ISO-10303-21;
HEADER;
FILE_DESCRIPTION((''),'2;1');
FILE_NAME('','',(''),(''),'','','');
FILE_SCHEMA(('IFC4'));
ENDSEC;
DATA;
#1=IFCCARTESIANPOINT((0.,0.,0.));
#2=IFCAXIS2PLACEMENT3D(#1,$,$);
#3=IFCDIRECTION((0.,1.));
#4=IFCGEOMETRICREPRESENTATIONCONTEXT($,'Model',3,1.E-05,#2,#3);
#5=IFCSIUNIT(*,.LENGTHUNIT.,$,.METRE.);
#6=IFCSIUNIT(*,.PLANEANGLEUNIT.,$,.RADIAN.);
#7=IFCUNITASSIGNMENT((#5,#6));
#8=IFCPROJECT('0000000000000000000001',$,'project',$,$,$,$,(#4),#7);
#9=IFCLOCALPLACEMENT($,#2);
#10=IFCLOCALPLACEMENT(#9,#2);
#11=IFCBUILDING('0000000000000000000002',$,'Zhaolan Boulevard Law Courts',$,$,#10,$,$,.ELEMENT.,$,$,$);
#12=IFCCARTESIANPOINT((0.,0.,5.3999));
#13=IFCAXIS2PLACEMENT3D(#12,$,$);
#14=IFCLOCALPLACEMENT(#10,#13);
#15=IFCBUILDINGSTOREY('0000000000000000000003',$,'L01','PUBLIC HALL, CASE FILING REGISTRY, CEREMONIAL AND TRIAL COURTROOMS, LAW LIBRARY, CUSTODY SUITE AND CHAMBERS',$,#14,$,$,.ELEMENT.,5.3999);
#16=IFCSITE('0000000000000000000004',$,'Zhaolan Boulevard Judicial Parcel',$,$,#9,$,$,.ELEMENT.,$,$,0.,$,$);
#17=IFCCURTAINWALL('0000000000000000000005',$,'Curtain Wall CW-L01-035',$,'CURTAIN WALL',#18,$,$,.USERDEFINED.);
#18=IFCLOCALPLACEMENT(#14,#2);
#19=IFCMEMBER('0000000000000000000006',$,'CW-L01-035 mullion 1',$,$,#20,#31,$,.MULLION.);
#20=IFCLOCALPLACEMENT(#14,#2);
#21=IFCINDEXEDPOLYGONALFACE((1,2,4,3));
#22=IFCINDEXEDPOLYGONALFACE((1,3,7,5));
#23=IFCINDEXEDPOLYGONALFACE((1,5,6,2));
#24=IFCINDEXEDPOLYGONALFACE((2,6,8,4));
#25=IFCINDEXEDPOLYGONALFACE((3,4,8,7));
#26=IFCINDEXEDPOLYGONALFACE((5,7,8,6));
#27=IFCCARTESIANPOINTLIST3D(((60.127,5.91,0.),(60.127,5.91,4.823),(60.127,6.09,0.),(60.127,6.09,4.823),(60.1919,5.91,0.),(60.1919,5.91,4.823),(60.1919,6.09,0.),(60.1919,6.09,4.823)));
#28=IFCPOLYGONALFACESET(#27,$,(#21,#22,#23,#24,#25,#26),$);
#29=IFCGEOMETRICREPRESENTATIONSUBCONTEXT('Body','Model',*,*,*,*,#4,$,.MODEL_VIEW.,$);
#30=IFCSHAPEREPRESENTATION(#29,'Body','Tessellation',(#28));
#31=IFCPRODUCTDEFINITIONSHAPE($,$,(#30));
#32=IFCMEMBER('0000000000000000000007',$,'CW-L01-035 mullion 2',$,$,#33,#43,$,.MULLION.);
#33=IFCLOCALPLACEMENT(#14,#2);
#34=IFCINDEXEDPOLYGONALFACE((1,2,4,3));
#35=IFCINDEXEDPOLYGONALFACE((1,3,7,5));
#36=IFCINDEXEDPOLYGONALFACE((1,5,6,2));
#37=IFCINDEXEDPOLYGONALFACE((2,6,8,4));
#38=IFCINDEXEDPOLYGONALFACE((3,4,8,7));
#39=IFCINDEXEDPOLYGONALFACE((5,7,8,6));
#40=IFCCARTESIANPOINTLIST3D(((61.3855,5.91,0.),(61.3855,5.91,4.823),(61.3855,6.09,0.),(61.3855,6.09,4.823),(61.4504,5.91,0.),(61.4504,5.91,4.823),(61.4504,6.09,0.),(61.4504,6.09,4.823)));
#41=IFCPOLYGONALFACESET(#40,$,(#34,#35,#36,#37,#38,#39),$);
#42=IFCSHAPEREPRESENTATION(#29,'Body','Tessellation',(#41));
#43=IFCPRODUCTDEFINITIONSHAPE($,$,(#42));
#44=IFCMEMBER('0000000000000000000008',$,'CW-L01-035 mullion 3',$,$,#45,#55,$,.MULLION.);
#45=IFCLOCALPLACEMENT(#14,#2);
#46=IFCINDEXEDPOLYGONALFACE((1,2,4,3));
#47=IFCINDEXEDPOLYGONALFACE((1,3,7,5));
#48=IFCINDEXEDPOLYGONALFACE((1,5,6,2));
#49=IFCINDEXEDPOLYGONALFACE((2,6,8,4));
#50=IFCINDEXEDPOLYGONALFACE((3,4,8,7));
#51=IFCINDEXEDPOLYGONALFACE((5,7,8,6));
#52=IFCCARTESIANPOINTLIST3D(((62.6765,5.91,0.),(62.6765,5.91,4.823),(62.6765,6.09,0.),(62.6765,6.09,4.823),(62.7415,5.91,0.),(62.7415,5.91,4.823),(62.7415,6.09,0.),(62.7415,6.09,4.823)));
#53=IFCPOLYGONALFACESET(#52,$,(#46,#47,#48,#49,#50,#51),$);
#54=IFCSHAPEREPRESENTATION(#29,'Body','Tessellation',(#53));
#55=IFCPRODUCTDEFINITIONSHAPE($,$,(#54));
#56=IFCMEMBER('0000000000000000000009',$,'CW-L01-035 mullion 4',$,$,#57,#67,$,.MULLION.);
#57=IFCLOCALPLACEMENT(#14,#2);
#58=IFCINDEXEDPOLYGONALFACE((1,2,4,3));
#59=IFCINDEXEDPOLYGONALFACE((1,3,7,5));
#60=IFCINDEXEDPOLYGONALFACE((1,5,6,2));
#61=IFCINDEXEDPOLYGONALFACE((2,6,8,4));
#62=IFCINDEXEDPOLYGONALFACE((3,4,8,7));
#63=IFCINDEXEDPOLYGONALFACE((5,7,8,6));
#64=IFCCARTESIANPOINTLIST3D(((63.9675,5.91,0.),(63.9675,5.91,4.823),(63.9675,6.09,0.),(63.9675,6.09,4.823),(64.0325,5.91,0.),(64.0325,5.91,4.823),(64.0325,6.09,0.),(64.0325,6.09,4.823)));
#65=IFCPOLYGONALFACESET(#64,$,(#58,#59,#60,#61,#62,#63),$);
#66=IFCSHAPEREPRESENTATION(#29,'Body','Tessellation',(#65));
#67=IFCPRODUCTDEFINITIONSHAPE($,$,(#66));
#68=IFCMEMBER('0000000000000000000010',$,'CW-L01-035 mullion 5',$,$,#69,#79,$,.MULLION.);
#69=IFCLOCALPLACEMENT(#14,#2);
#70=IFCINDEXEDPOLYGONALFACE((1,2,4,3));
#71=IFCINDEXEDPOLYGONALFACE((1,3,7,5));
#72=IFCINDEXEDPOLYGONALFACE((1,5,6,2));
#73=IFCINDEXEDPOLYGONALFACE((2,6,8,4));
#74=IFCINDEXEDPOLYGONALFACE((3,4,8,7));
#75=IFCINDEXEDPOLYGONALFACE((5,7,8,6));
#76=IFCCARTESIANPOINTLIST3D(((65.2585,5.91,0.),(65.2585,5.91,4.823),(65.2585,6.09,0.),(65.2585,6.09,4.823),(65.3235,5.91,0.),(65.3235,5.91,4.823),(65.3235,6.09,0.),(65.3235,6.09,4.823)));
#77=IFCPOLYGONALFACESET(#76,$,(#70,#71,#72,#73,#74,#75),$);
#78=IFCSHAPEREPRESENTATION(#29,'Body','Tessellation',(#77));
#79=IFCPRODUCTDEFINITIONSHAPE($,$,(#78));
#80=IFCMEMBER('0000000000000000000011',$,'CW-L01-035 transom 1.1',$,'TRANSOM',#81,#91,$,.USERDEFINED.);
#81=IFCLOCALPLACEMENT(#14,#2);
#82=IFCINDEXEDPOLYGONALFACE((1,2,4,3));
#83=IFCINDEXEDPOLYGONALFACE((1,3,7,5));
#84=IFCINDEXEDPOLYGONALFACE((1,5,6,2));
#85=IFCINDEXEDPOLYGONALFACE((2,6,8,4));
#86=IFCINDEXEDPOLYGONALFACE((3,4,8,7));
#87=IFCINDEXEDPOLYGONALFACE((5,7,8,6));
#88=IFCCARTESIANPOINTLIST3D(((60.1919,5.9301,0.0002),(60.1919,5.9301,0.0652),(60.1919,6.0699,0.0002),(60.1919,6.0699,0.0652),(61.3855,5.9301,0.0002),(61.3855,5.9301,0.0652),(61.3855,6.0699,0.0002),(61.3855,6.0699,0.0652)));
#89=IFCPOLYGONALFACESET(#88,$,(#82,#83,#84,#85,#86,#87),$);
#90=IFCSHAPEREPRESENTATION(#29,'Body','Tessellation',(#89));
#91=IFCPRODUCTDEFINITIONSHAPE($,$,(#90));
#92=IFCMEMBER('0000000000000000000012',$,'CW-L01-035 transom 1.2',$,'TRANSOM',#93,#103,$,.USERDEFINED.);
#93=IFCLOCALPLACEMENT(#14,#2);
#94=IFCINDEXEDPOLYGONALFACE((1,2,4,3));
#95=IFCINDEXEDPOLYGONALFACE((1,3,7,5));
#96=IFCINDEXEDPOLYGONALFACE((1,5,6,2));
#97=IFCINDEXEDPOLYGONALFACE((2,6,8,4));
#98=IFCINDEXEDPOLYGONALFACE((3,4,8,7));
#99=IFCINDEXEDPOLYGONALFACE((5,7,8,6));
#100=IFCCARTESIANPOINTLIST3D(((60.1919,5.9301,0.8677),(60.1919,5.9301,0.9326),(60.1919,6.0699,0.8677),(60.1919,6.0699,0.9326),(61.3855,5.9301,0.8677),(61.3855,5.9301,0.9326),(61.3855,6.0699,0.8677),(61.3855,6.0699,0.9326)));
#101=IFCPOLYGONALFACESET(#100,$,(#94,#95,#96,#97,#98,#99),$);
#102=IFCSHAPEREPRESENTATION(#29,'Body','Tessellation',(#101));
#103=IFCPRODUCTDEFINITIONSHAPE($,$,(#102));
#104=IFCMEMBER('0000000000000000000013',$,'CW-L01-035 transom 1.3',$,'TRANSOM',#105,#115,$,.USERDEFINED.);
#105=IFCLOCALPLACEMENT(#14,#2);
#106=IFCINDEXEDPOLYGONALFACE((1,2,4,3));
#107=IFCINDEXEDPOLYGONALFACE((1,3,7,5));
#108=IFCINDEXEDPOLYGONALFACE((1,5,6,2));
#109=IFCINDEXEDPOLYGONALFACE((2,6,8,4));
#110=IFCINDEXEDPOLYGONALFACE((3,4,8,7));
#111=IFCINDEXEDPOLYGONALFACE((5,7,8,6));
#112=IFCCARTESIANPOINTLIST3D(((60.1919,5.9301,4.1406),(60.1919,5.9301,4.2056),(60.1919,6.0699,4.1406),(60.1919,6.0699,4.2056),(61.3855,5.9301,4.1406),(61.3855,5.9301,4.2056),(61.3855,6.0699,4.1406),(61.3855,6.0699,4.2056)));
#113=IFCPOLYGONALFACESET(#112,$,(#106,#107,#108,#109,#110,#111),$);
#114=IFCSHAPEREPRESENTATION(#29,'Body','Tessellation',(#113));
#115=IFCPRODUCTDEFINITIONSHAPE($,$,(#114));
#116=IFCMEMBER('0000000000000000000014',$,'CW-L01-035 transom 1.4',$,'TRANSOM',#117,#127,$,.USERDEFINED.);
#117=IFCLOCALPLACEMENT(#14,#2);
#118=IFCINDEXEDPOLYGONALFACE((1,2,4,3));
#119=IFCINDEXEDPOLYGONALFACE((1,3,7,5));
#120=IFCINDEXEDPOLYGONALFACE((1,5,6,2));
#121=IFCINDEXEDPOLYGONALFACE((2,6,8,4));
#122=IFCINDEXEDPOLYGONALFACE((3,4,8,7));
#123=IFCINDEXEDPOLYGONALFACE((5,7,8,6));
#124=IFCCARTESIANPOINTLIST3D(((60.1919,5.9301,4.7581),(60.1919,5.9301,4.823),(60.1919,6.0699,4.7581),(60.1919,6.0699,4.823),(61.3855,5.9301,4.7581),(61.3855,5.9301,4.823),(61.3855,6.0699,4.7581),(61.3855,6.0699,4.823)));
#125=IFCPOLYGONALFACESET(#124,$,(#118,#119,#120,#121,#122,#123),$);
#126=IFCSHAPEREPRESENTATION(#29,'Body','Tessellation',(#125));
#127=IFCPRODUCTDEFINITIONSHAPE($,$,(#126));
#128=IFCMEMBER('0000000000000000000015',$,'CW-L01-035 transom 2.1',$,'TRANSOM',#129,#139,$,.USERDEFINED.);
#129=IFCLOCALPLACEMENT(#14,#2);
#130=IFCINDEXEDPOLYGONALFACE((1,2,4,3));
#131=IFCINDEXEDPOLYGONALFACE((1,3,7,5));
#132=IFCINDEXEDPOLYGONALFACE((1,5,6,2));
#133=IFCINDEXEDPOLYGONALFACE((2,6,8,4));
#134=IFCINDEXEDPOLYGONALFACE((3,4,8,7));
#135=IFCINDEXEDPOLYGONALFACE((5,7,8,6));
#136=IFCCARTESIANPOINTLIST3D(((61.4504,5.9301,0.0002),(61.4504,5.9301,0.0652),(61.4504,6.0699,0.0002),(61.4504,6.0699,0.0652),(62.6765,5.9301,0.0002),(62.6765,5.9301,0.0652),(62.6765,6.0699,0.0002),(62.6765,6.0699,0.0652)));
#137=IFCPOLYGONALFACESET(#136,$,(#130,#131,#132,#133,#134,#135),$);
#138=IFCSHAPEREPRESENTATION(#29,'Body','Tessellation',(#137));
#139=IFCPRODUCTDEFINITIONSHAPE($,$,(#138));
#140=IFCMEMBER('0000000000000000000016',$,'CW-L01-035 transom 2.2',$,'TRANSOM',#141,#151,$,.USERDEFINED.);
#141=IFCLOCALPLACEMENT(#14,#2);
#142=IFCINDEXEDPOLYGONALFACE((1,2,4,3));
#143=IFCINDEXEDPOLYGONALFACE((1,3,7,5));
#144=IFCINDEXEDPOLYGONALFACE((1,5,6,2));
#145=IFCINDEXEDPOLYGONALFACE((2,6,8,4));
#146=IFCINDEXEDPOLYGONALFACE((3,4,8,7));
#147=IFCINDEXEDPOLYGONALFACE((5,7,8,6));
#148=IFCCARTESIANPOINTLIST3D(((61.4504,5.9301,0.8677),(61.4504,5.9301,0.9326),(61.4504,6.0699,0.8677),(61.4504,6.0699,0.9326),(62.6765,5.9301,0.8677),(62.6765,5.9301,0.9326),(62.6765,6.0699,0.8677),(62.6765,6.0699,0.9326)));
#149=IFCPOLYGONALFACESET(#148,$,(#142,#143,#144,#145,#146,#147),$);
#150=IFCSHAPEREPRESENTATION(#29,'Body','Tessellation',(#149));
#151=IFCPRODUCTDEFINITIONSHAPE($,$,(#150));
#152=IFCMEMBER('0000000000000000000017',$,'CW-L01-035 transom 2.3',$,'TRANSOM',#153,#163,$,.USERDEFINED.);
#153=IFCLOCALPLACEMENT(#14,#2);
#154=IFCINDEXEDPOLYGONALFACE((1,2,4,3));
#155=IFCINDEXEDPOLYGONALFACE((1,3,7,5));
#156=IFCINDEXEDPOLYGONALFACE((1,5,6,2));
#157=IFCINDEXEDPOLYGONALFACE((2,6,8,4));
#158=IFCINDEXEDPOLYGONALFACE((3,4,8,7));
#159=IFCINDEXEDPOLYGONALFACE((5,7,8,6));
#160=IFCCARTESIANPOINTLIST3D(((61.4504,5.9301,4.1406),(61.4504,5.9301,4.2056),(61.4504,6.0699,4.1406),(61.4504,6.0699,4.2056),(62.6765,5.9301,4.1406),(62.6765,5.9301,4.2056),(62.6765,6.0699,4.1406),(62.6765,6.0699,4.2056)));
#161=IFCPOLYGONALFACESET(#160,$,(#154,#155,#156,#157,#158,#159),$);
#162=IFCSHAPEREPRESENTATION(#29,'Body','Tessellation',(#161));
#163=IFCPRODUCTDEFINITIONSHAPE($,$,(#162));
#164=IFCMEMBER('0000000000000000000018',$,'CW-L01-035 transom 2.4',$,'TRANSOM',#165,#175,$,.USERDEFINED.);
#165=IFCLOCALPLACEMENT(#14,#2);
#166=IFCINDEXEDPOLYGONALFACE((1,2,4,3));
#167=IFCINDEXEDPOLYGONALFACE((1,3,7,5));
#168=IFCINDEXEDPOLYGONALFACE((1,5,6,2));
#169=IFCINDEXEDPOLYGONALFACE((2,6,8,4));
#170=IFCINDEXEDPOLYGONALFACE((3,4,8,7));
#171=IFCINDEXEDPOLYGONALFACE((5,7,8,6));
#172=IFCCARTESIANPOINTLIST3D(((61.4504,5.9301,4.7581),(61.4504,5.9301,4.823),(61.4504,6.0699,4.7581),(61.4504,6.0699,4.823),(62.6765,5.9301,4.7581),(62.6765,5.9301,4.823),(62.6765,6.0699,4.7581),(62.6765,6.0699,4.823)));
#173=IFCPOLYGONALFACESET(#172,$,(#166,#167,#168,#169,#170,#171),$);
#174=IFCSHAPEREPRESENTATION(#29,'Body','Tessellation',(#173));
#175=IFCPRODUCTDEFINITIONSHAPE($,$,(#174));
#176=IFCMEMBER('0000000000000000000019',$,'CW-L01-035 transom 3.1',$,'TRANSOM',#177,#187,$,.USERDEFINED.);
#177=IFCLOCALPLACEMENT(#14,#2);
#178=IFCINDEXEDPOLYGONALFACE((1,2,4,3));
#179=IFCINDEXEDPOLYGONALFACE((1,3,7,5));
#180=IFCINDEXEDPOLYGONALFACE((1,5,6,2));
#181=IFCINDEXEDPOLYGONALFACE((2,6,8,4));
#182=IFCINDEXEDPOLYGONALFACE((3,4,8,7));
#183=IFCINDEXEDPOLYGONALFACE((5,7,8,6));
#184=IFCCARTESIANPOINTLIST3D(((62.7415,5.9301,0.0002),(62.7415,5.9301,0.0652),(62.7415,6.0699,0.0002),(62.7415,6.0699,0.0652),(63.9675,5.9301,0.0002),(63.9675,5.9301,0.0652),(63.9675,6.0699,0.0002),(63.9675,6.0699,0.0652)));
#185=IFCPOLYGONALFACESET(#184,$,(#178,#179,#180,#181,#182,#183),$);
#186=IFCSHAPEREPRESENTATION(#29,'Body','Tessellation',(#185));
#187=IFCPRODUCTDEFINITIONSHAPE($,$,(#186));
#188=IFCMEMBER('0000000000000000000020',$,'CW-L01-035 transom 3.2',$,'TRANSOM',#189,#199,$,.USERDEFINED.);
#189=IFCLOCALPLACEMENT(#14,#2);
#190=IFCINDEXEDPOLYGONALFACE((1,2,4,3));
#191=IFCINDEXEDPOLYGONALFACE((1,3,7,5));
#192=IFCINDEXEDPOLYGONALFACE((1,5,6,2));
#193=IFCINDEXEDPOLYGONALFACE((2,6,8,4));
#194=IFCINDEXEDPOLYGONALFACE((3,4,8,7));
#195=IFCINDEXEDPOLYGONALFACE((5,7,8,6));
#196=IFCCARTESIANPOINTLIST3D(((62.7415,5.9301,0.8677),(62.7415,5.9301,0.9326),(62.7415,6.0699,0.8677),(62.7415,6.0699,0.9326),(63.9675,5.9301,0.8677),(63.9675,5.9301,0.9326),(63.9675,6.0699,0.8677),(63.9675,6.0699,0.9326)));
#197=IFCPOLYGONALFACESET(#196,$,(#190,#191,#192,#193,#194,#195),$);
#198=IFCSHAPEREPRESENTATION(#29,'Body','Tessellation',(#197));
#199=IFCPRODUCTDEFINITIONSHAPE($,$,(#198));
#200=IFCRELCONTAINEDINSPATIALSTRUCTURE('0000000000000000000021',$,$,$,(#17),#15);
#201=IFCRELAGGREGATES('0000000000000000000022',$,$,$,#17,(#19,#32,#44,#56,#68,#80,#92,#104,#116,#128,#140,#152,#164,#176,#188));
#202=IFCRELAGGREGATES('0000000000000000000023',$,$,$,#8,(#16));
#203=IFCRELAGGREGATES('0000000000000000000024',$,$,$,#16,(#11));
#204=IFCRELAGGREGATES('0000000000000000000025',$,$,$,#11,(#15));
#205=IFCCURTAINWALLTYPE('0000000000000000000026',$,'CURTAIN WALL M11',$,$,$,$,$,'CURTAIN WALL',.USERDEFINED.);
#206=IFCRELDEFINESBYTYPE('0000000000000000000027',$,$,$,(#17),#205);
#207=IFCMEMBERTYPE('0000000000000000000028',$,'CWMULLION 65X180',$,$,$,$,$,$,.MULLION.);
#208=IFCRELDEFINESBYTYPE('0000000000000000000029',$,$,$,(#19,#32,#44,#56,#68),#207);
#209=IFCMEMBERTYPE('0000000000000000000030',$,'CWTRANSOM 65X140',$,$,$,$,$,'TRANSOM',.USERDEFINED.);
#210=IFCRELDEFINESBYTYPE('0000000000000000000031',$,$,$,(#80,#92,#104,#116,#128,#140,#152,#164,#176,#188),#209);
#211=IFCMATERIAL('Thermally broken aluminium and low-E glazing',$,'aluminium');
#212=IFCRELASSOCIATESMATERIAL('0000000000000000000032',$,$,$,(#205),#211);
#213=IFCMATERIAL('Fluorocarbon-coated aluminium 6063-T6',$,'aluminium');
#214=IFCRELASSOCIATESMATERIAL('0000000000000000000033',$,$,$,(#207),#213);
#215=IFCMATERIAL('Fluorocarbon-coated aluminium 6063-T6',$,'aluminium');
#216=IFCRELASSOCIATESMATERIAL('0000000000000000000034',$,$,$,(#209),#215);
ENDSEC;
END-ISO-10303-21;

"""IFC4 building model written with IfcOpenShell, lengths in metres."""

from ifc_helpers import new_model, si_unit, direction, frame, origin, origin_2d, place, context, subcontext, project, spatial, rectangle, extrude, material, material_profile, profile_set, type_object, element, aggregate, save


model = new_model("IFC4")

# Units and contexts
model_context = context("Model", 3, precision=1e-05, world=origin(), true_north=direction((0.0, 1.0)))
body_context = subcontext(model_context, "Body", "Model", "MODEL_VIEW")
ifc_project = project(units=[si_unit("LENGTHUNIT", "METRE"), si_unit("PLANEANGLEUNIT", "RADIAN")], contexts=[model_context])

# Site, building, storey
site_placement = place(None, origin())
site = spatial("IfcSite", under=ifc_project, at=site_placement, Name="Zhaolan Boulevard Judicial Parcel", CompositionType="ELEMENT", RefElevation=0.0)
building_placement = place(site_placement, origin())
building = spatial("IfcBuilding", under=site, at=building_placement, Name="Zhaolan Boulevard Law Courts", CompositionType="ELEMENT")
storey_placement = place(building_placement, frame((0.0, 0.0, 5.3999)))
storey = spatial("IfcBuildingStorey", under=building, at=storey_placement, Name="L01", Description="PUBLIC HALL, CASE FILING REGISTRY, CEREMONIAL AND TRIAL COURTROOMS, LAW LIBRARY, CUSTODY SUITE AND CHAMBERS", CompositionType="ELEMENT", Elevation=5.3999)

# Curtain wall, members
ifc_material_1 = material(Name="Thermally broken aluminium and low-E glazing", Category="aluminium")
curtain_wall_type = type_object("IfcCurtainWallType", Name="CURTAIN WALL M11", ElementType="CURTAIN WALL", PredefinedType="USERDEFINED", material=ifc_material_1)
curtain_wall_placement = place(storey_placement, origin())
curtain_wall = element("IfcCurtainWall", 1, at=curtain_wall_placement, inside=storey, type_object=curtain_wall_type, Name="Curtain Wall CW-L01-035", ObjectType="CURTAIN WALL", PredefinedType="USERDEFINED")
ifc_material_2 = material(Name="Fluorocarbon-coated aluminium 6063-T6", Category="aluminium")
ifc_material_profile_1 = material_profile(ifc_material_2, rectangle(XDim=0.1799, YDim=0.0649, at=origin_2d()), Name="AL65x180")
ifc_profile_set_1 = profile_set([ifc_material_profile_1], Name="Fluorocarbon-coated aluminium 6063-T6")
member_type_1 = type_object("IfcMemberType", Name="CWMULLION 65X180", PredefinedType="MULLION", material=ifc_profile_set_1)
member_1_placement = place(storey_placement, frame((60.1594, 6.0, 0.0), z_axis=(0.0, 0.0, 1.0), x_axis=(0.0, 1.0, 0.0)))
member_1 = element("IfcMember", 2, at=member_1_placement, type_object=member_type_1, Name="CW-L01-035 mullion 1", PredefinedType="MULLION", context=body_context, shape_type="SweptSolid", body=[
    extrude(rectangle(XDim=0.1799, YDim=0.0649, at=origin_2d()), origin(), (0.0, 0.0, 1.0), 4.823),
])
member_2_placement = place(storey_placement, frame((61.418, 6.0, 0.0), z_axis=(0.0, 0.0, 1.0), x_axis=(0.0, 1.0, 0.0)))
member_2 = element("IfcMember", 3, at=member_2_placement, type_object=member_type_1, Name="CW-L01-035 mullion 2", PredefinedType="MULLION", context=body_context, shape_type="SweptSolid", body=[
    extrude(rectangle(XDim=0.1799, YDim=0.0649, at=origin_2d()), origin(), (0.0, 0.0, 1.0), 4.823),
])
member_3_placement = place(storey_placement, frame((62.709, 6.0, 0.0), z_axis=(0.0, 0.0, 1.0), x_axis=(0.0, 1.0, 0.0)))
member_3 = element("IfcMember", 4, at=member_3_placement, type_object=member_type_1, Name="CW-L01-035 mullion 3", PredefinedType="MULLION", context=body_context, shape_type="SweptSolid", body=[
    extrude(rectangle(XDim=0.1799, YDim=0.0649, at=origin_2d()), origin(), (0.0, 0.0, 1.0), 4.823),
])
member_4_placement = place(storey_placement, frame((64.0, 6.0, 0.0), z_axis=(0.0, 0.0, 1.0), x_axis=(0.0, 1.0, 0.0)))
member_4 = element("IfcMember", 5, at=member_4_placement, type_object=member_type_1, Name="CW-L01-035 mullion 4", PredefinedType="MULLION", context=body_context, shape_type="SweptSolid", body=[
    extrude(rectangle(XDim=0.1799, YDim=0.0649, at=origin_2d()), origin(), (0.0, 0.0, 1.0), 4.823),
])
member_5_placement = place(storey_placement, frame((65.291, 6.0, 0.0), z_axis=(0.0, 0.0, 1.0), x_axis=(0.0, 1.0, 0.0)))
member_5 = element("IfcMember", 6, at=member_5_placement, type_object=member_type_1, Name="CW-L01-035 mullion 5", PredefinedType="MULLION", context=body_context, shape_type="SweptSolid", body=[
    extrude(rectangle(XDim=0.1799, YDim=0.0649, at=origin_2d()), origin(), (0.0, 0.0, 1.0), 4.823),
])
ifc_material_3 = material(Name="Fluorocarbon-coated aluminium 6063-T6", Category="aluminium")
ifc_material_profile_2 = material_profile(ifc_material_3, rectangle(XDim=0.1399, YDim=0.0649, at=origin_2d()), Name="AL65x140")
ifc_profile_set_2 = profile_set([ifc_material_profile_2], Name="Fluorocarbon-coated aluminium 6063-T6")
member_type_2 = type_object("IfcMemberType", Name="CWTRANSOM 65X140", ElementType="TRANSOM", PredefinedType="USERDEFINED", material=ifc_profile_set_2)
member_6_placement = place(storey_placement, frame((60.1919, 6.0, 0.0327), z_axis=(1.0, 0.0, 0.0), x_axis=(0.0, 1.0, 0.0)))
member_6 = element("IfcMember", 7, at=member_6_placement, type_object=member_type_2, Name="CW-L01-035 transom 1.1", ObjectType="TRANSOM", PredefinedType="USERDEFINED", context=body_context, shape_type="SweptSolid", body=[
    extrude(rectangle(XDim=0.1399, YDim=0.0649, at=origin_2d()), origin(), (0.0, 0.0, 1.0), 1.1936),
])
member_7_placement = place(storey_placement, frame((60.1919, 6.0, 0.9001), z_axis=(1.0, 0.0, 0.0), x_axis=(0.0, 1.0, 0.0)))
member_7 = element("IfcMember", 8, at=member_7_placement, type_object=member_type_2, Name="CW-L01-035 transom 1.2", ObjectType="TRANSOM", PredefinedType="USERDEFINED", context=body_context, shape_type="SweptSolid", body=[
    extrude(rectangle(XDim=0.1399, YDim=0.0649, at=origin_2d()), origin(), (0.0, 0.0, 1.0), 1.1936),
])
member_8_placement = place(storey_placement, frame((60.1919, 6.0, 4.1731), z_axis=(1.0, 0.0, 0.0), x_axis=(0.0, 1.0, 0.0)))
member_8 = element("IfcMember", 9, at=member_8_placement, type_object=member_type_2, Name="CW-L01-035 transom 1.3", ObjectType="TRANSOM", PredefinedType="USERDEFINED", context=body_context, shape_type="SweptSolid", body=[
    extrude(rectangle(XDim=0.1399, YDim=0.0649, at=origin_2d()), origin(), (0.0, 0.0, 1.0), 1.1936),
])
member_9_placement = place(storey_placement, frame((60.1919, 6.0, 4.7905), z_axis=(1.0, 0.0, 0.0), x_axis=(0.0, 1.0, 0.0)))
member_9 = element("IfcMember", 10, at=member_9_placement, type_object=member_type_2, Name="CW-L01-035 transom 1.4", ObjectType="TRANSOM", PredefinedType="USERDEFINED", context=body_context, shape_type="SweptSolid", body=[
    extrude(rectangle(XDim=0.1399, YDim=0.0649, at=origin_2d()), origin(), (0.0, 0.0, 1.0), 1.1936),
])
member_10_placement = place(storey_placement, frame((61.4504, 6.0, 0.0327), z_axis=(1.0, 0.0, 0.0), x_axis=(0.0, 1.0, 0.0)))
member_10 = element("IfcMember", 11, at=member_10_placement, type_object=member_type_2, Name="CW-L01-035 transom 2.1", ObjectType="TRANSOM", PredefinedType="USERDEFINED", context=body_context, shape_type="SweptSolid", body=[
    extrude(rectangle(XDim=0.1399, YDim=0.0649, at=origin_2d()), origin(), (0.0, 0.0, 1.0), 1.2261),
])
member_11_placement = place(storey_placement, frame((61.4504, 6.0, 0.9001), z_axis=(1.0, 0.0, 0.0), x_axis=(0.0, 1.0, 0.0)))
member_11 = element("IfcMember", 12, at=member_11_placement, type_object=member_type_2, Name="CW-L01-035 transom 2.2", ObjectType="TRANSOM", PredefinedType="USERDEFINED", context=body_context, shape_type="SweptSolid", body=[
    extrude(rectangle(XDim=0.1399, YDim=0.0649, at=origin_2d()), origin(), (0.0, 0.0, 1.0), 1.2261),
])
member_12_placement = place(storey_placement, frame((61.4504, 6.0, 4.1731), z_axis=(1.0, 0.0, 0.0), x_axis=(0.0, 1.0, 0.0)))
member_12 = element("IfcMember", 13, at=member_12_placement, type_object=member_type_2, Name="CW-L01-035 transom 2.3", ObjectType="TRANSOM", PredefinedType="USERDEFINED", context=body_context, shape_type="SweptSolid", body=[
    extrude(rectangle(XDim=0.1399, YDim=0.0649, at=origin_2d()), origin(), (0.0, 0.0, 1.0), 1.2261),
])
member_13_placement = place(storey_placement, frame((61.4504, 6.0, 4.7905), z_axis=(1.0, 0.0, 0.0), x_axis=(0.0, 1.0, 0.0)))
member_13 = element("IfcMember", 14, at=member_13_placement, type_object=member_type_2, Name="CW-L01-035 transom 2.4", ObjectType="TRANSOM", PredefinedType="USERDEFINED", context=body_context, shape_type="SweptSolid", body=[
    extrude(rectangle(XDim=0.1399, YDim=0.0649, at=origin_2d()), origin(), (0.0, 0.0, 1.0), 1.2261),
])
member_14_placement = place(storey_placement, frame((62.7415, 6.0, 0.0327), z_axis=(1.0, 0.0, 0.0), x_axis=(0.0, 1.0, 0.0)))
member_14 = element("IfcMember", 15, at=member_14_placement, type_object=member_type_2, Name="CW-L01-035 transom 3.1", ObjectType="TRANSOM", PredefinedType="USERDEFINED", context=body_context, shape_type="SweptSolid", body=[
    extrude(rectangle(XDim=0.1399, YDim=0.0649, at=origin_2d()), origin(), (0.0, 0.0, 1.0), 1.2261),
])
member_15_placement = place(storey_placement, frame((62.7415, 6.0, 0.9001), z_axis=(1.0, 0.0, 0.0), x_axis=(0.0, 1.0, 0.0)))
member_15 = element("IfcMember", 16, at=member_15_placement, type_object=member_type_2, Name="CW-L01-035 transom 3.2", ObjectType="TRANSOM", PredefinedType="USERDEFINED", context=body_context, shape_type="SweptSolid", body=[
    extrude(rectangle(XDim=0.1399, YDim=0.0649, at=origin_2d()), origin(), (0.0, 0.0, 1.0), 1.2261),
])

aggregate(curtain_wall, [member_1, member_2, member_3, member_4, member_5, member_6, member_7, member_8, member_9, member_10, member_11, member_12, member_13, member_14, member_15])

save(model, "model.ifc")
